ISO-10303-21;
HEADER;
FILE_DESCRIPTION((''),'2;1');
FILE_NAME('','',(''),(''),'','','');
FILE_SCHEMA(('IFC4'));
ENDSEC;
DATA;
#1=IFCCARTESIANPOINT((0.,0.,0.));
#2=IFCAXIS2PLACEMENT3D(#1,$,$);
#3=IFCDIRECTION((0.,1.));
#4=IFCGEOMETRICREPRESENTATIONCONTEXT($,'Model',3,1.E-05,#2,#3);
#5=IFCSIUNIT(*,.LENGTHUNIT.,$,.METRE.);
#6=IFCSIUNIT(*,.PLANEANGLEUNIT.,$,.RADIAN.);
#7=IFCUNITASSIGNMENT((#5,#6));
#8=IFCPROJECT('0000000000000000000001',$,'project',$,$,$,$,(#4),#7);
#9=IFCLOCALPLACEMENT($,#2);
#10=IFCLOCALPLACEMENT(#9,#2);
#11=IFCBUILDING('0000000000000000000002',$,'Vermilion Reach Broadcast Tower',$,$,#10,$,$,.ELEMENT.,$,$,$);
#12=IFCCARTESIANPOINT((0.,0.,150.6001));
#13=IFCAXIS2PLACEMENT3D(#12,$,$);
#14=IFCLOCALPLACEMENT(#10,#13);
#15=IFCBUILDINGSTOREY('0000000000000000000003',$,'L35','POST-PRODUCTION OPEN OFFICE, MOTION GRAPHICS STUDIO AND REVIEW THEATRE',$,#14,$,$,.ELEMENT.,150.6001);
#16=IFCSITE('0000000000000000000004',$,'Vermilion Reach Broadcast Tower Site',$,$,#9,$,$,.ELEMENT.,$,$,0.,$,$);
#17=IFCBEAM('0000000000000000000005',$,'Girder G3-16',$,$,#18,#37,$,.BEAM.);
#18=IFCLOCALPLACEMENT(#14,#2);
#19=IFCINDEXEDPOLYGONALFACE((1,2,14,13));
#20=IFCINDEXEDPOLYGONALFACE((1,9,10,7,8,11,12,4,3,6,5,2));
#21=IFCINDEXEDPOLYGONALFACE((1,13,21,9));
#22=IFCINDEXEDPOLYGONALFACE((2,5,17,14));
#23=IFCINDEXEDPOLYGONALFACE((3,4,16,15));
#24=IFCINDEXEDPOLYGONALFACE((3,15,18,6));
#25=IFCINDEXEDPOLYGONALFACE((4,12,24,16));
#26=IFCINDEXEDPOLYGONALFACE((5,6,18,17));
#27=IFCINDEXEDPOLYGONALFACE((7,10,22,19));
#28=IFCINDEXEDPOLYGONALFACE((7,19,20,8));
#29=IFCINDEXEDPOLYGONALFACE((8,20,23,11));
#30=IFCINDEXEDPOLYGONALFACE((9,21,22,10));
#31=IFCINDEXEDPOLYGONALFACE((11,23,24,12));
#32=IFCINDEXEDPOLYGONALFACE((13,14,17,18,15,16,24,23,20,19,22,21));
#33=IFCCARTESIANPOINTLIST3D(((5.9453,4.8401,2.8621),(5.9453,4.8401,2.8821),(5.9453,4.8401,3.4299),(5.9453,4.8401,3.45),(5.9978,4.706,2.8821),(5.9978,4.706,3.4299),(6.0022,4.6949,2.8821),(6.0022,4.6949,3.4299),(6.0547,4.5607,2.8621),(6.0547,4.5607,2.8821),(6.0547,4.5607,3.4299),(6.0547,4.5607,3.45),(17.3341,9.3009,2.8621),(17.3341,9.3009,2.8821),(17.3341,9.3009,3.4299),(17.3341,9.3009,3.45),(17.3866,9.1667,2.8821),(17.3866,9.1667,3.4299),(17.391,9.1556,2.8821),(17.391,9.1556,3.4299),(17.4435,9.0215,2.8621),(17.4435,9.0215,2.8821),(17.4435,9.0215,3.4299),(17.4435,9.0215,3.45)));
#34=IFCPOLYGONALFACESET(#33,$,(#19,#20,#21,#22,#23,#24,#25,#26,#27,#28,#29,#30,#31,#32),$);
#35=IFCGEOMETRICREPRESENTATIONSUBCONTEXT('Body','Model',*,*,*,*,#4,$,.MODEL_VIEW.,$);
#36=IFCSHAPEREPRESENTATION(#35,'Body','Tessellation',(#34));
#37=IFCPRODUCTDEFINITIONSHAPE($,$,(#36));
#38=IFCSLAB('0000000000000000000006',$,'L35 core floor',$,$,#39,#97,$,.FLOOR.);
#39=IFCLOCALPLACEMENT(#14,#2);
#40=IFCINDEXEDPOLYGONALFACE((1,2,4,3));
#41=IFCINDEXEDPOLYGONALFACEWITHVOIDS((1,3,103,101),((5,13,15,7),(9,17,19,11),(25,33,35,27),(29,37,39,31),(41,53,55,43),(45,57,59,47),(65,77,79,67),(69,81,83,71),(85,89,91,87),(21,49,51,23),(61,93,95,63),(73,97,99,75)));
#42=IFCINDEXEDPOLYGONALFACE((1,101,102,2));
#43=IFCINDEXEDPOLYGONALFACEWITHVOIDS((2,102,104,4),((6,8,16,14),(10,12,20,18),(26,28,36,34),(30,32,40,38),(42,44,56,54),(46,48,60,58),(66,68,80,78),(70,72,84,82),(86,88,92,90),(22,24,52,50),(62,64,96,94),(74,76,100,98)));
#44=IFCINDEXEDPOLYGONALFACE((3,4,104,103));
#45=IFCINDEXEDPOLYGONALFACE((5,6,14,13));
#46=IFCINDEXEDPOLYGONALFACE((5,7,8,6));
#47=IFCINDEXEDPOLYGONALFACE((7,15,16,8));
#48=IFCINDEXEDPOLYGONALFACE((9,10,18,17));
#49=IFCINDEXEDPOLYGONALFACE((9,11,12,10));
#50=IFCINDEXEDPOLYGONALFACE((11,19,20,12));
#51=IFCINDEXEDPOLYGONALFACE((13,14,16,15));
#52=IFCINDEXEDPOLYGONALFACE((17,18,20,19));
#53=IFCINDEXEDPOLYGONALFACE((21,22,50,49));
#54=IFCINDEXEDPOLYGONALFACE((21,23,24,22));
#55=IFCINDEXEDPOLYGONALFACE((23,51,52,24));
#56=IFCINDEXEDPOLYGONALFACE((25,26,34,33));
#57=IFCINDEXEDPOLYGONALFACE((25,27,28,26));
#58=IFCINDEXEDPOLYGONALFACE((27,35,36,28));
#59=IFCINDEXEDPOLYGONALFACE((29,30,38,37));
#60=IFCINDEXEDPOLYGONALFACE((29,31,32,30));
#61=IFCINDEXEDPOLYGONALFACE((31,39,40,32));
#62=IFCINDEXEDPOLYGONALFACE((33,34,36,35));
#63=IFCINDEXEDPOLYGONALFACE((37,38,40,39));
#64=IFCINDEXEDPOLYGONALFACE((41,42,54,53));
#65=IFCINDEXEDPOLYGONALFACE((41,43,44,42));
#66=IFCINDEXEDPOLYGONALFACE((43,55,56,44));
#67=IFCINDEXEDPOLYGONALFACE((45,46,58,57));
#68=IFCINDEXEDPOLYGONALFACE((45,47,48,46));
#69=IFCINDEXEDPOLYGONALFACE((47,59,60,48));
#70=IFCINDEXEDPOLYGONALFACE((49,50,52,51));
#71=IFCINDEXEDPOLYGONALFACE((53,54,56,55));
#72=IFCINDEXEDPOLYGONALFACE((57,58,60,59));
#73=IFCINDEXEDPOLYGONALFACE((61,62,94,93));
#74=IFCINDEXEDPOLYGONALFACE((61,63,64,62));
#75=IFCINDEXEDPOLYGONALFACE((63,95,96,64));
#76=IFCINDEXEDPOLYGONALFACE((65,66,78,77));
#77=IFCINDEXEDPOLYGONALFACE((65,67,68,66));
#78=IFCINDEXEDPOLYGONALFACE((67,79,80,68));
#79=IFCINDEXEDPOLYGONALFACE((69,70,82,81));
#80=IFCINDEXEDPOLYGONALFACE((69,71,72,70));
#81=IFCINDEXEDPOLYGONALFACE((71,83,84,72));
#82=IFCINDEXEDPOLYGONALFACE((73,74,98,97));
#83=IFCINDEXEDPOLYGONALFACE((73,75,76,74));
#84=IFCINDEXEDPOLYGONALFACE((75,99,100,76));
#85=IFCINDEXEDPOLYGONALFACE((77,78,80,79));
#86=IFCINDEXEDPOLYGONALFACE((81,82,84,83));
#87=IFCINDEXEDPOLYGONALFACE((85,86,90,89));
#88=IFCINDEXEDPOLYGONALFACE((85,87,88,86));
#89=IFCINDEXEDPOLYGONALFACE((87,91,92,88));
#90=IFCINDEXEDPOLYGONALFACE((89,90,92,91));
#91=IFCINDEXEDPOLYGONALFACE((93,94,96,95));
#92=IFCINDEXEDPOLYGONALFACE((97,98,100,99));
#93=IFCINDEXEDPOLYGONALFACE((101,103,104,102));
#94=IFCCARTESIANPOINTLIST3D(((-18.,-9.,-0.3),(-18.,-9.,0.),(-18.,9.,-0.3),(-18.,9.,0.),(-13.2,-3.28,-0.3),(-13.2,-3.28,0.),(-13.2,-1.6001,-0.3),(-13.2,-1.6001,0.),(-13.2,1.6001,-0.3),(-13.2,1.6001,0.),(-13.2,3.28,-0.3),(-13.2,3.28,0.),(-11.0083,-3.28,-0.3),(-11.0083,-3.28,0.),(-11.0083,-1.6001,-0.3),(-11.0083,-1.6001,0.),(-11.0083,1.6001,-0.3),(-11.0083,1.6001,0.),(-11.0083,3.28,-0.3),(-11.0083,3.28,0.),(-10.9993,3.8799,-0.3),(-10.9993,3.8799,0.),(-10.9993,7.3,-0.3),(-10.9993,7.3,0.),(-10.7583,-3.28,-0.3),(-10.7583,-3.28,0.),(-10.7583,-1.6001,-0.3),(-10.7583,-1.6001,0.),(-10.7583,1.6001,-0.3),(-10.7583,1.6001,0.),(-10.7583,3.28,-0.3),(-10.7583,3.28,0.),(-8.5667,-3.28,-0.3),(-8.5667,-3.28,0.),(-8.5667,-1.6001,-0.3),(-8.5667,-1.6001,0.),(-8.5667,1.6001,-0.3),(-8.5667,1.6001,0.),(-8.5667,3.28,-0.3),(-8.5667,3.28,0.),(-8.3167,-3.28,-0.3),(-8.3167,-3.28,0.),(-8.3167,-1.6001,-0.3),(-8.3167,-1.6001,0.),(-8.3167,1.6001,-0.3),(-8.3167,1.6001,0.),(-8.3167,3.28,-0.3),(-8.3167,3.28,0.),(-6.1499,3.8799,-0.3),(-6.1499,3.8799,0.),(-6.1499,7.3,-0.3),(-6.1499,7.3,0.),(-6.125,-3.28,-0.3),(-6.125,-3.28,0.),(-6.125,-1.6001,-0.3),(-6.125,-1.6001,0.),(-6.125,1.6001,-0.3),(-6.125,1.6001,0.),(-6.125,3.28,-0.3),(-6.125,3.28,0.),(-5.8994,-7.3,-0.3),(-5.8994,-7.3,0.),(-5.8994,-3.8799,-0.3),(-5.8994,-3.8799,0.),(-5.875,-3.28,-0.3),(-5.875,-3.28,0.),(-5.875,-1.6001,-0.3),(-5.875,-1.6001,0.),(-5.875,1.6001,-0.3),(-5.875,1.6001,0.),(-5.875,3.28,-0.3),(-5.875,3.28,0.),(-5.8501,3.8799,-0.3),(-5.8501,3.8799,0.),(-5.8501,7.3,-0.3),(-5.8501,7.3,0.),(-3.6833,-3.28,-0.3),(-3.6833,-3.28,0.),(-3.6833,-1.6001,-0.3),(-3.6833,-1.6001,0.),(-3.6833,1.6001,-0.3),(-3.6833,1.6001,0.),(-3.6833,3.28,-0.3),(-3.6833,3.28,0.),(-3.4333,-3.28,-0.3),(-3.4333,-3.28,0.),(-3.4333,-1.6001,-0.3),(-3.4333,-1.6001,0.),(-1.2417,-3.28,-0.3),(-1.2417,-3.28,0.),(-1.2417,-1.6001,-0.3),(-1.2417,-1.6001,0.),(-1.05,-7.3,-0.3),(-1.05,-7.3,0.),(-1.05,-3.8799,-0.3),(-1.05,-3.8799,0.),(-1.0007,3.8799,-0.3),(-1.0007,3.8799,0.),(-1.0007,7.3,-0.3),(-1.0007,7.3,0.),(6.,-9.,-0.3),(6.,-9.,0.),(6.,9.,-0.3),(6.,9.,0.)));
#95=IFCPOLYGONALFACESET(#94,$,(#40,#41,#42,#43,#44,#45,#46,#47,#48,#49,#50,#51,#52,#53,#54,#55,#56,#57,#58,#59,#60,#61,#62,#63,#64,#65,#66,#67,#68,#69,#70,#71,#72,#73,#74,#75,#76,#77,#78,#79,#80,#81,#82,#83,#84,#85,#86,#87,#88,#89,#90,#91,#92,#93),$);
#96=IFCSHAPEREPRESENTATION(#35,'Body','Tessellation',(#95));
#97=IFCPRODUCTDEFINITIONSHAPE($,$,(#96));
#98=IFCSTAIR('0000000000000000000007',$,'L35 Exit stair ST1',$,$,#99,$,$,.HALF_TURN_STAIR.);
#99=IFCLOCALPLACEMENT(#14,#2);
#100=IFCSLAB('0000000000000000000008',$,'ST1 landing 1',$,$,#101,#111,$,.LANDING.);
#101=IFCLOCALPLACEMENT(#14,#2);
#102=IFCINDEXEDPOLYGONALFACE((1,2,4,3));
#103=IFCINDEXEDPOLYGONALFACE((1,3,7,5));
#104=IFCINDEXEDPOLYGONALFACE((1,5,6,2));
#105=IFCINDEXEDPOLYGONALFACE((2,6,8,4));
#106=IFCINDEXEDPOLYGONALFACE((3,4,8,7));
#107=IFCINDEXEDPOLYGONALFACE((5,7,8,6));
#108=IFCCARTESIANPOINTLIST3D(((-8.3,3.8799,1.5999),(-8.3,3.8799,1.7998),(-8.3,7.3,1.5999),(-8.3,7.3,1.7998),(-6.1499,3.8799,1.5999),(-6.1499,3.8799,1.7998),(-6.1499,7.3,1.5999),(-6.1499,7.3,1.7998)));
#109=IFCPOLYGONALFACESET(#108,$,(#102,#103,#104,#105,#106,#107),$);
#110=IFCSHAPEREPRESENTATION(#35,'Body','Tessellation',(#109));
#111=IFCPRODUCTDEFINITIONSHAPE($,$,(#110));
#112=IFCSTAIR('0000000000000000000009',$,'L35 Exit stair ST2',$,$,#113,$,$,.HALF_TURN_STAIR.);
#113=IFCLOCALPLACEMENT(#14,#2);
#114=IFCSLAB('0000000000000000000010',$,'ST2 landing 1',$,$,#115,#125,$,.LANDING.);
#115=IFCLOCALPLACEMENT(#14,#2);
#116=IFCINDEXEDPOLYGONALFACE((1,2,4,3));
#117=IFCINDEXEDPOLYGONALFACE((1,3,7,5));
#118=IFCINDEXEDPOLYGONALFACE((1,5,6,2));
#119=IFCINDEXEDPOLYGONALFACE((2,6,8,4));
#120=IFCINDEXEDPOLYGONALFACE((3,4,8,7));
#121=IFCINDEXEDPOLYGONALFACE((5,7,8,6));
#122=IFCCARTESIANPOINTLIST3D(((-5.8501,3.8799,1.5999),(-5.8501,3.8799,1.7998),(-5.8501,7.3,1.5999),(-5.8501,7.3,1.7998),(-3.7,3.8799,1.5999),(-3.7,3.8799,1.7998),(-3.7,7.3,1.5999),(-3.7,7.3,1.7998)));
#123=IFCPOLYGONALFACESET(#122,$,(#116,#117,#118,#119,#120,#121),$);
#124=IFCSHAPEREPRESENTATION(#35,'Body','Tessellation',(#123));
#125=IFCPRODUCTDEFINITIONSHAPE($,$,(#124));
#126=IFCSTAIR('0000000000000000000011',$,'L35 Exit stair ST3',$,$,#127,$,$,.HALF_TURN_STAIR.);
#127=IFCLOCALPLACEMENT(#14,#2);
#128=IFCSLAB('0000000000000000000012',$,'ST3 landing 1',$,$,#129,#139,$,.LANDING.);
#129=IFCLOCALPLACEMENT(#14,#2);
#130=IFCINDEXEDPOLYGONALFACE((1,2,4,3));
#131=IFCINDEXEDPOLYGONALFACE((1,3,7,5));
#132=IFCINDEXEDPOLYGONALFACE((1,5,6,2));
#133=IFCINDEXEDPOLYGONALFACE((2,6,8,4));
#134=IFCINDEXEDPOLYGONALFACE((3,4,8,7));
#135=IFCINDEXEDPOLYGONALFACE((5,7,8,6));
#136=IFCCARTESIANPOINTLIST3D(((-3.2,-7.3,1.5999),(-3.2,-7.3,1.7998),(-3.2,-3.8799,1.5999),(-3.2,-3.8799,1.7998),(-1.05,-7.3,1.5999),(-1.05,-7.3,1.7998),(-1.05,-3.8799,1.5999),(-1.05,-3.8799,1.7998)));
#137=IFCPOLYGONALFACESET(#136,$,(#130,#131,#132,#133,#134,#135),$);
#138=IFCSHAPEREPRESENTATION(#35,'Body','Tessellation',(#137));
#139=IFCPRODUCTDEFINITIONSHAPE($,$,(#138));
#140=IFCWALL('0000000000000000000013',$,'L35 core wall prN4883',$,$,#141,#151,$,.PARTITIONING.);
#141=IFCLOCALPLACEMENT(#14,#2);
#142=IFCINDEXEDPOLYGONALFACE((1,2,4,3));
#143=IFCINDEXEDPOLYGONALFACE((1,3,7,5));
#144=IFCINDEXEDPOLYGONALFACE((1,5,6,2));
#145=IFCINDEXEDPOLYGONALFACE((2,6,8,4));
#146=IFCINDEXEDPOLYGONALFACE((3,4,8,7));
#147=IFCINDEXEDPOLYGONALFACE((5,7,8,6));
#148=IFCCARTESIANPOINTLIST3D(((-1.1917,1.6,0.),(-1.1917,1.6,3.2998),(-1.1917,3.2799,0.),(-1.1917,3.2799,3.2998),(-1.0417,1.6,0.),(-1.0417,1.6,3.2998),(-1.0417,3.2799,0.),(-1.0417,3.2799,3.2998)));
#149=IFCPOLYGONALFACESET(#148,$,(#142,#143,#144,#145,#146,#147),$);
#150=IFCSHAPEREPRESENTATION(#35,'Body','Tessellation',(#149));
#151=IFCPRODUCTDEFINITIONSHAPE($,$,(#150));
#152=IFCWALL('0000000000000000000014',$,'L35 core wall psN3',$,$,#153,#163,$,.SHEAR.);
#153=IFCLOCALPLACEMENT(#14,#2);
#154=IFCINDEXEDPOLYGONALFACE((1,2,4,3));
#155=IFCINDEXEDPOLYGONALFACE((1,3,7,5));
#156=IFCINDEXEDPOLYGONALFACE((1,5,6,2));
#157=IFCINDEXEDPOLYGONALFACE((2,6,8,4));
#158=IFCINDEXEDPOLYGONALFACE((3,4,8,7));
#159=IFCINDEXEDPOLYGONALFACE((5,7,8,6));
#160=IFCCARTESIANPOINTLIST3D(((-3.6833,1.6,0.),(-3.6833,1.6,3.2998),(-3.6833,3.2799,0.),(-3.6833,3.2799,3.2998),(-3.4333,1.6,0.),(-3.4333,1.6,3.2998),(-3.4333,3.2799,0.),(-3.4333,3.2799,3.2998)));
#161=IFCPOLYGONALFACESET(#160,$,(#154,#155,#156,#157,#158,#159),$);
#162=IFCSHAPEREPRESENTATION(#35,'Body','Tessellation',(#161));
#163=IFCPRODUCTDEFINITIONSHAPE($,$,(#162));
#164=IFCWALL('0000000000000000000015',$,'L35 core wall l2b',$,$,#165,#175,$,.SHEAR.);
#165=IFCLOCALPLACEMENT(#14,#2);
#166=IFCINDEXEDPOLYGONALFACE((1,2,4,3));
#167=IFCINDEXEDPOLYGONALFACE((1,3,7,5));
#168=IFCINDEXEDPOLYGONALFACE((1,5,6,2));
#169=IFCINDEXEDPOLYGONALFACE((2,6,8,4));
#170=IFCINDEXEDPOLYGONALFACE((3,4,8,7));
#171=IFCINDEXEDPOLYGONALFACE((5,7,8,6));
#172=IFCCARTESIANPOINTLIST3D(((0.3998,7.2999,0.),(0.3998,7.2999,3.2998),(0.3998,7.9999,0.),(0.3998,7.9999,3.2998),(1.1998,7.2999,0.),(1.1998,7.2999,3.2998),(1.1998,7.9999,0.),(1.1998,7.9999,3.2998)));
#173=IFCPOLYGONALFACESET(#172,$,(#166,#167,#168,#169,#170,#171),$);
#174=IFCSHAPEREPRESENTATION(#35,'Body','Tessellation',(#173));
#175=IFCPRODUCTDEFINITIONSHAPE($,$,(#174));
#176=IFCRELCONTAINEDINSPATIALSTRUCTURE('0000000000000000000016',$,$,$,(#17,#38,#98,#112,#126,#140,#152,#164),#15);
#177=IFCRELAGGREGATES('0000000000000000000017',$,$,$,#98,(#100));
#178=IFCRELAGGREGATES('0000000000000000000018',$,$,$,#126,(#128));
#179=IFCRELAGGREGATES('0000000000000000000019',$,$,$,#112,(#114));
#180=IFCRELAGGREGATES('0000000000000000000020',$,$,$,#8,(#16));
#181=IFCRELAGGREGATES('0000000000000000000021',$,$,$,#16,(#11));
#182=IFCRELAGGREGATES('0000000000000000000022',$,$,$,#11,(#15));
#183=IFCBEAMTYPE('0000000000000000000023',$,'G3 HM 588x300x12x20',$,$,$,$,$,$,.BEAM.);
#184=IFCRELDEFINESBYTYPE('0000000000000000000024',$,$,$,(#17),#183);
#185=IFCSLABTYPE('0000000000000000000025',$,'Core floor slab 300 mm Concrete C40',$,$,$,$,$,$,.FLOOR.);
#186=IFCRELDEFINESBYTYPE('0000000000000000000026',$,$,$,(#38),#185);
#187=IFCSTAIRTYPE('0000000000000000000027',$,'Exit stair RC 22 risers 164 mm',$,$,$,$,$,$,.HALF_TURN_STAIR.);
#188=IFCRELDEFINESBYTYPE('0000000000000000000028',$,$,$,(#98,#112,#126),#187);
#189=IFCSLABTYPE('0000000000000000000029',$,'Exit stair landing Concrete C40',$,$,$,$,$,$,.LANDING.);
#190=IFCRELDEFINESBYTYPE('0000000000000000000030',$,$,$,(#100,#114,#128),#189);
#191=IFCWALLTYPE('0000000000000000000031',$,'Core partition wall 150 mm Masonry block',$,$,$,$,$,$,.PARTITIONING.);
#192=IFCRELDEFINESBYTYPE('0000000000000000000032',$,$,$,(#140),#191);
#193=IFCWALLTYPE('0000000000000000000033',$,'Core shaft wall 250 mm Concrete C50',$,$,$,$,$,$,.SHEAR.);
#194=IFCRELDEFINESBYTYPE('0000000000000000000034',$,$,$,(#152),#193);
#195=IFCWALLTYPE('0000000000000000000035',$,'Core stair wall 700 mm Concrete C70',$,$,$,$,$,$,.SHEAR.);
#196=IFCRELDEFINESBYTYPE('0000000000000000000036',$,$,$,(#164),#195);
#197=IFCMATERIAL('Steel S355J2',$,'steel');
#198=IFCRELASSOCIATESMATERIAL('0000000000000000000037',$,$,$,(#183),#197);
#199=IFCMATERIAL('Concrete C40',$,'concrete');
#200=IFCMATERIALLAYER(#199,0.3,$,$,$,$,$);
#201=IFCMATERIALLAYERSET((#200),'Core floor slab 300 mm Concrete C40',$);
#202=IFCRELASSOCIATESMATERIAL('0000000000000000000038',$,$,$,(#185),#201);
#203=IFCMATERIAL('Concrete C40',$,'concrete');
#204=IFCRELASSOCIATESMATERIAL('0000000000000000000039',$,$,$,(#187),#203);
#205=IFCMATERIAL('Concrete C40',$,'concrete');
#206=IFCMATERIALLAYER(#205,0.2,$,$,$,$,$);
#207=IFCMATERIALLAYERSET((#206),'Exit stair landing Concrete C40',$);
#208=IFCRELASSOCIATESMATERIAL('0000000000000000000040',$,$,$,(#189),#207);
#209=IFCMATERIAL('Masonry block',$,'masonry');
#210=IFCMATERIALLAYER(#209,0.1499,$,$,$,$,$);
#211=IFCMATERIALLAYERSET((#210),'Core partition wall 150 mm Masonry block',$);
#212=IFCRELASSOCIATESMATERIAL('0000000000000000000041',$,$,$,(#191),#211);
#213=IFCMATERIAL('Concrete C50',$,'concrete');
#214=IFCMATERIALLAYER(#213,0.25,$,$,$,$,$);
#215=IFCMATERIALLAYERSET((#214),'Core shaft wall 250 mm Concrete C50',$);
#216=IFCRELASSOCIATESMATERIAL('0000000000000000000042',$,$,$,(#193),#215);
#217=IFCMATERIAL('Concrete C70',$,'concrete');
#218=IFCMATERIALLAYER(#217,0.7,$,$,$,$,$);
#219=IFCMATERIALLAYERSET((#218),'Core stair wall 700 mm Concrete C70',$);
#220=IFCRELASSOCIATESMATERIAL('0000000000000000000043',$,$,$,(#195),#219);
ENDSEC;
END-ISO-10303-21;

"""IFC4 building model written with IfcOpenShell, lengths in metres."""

from ifc_helpers import new_model, si_unit, direction, frame, frame_2d, origin, origin_2d, place, context, subcontext, project, spatial, polyline, rectangle, i_section, outline, extrude, material, layer, layer_set, material_profile, profile_set, type_object, element, aggregate, save


model = new_model("IFC4")

# Units and contexts
model_context = context("Model", 3, precision=1e-05, world=origin(), true_north=direction((0.0, 1.0)))
body_context = subcontext(model_context, "Body", "Model", "MODEL_VIEW")
ifc_project = project(units=[si_unit("LENGTHUNIT", "METRE"), si_unit("PLANEANGLEUNIT", "RADIAN")], contexts=[model_context])

# Site, building, storey
site_placement = place(None, origin())
site = spatial("IfcSite", under=ifc_project, at=site_placement, Name="Vermilion Reach Broadcast Tower Site", CompositionType="ELEMENT", RefElevation=0.0)
building_placement = place(site_placement, origin())
building = spatial("IfcBuilding", under=site, at=building_placement, Name="Vermilion Reach Broadcast Tower", CompositionType="ELEMENT")
storey_placement = place(building_placement, frame((0.0, 0.0, 150.6001)))
storey = spatial("IfcBuildingStorey", under=building, at=storey_placement, Name="L35", Description="POST-PRODUCTION OPEN OFFICE, MOTION GRAPHICS STUDIO AND REVIEW THEATRE", CompositionType="ELEMENT", Elevation=150.6001)

# Beam
ifc_material_1 = material(Name="Steel S355J2", Category="steel")
ifc_material_profile = material_profile(ifc_material_1, i_section(OverallWidth=0.3, OverallDepth=0.5879, WebThickness=0.012, FlangeThickness=0.02, at=origin_2d()), Name="S355J2 HM 588x300x12x20")
ifc_profile_set = profile_set([ifc_material_profile], Name="Steel S355J2")
beam_type = type_object("IfcBeamType", Name="G3 HM 588x300x12x20", PredefinedType="BEAM", material=ifc_profile_set)
beam_placement = place(storey_placement, frame((6.0, 4.7004, 3.156), z_axis=(0.931125, 0.364701, 0.0), x_axis=(-0.364701, 0.931125, 0.0)))
element("IfcBeam", 1, at=beam_placement, inside=storey, type_object=beam_type, Name="Girder G3-16", PredefinedType="BEAM", context=body_context, shape_type="SweptSolid", body=[
    extrude(i_section(OverallWidth=0.3, OverallDepth=0.5879, WebThickness=0.012, FlangeThickness=0.02, at=origin_2d()), origin(), (0.0, 0.0, 1.0), 12.2312),
])

# Slab
ifc_material_2 = material(Name="Concrete C40", Category="concrete")
ifc_layer_1 = layer(ifc_material_2, 0.3)
ifc_layer_set_1 = layer_set([ifc_layer_1], Name="Core floor slab 300 mm Concrete C40")
slab_type_1 = type_object("IfcSlabType", Name="Core floor slab 300 mm Concrete C40", PredefinedType="FLOOR", material=ifc_layer_set_1)
slab_1_placement = place(storey_placement, frame((0.0, 0.0, -0.3)))
element("IfcSlab", 2, at=slab_1_placement, inside=storey, type_object=slab_type_1, Name="L35 core floor", PredefinedType="FLOOR", context=body_context, shape_type="SweptSolid", body=[
    extrude(outline(polyline([(-18.0, -9.0), (6.0, -9.0), (6.0, 9.0), (-18.0, 9.0), (-18.0, -9.0)]), holes=[polyline([(-13.2, 1.6001), (-11.0083, 1.6001), (-11.0083, 3.28), (-13.2, 3.28), (-13.2, 1.6001)]), polyline([(-10.7583, 1.6001), (-8.5667, 1.6001), (-8.5667, 3.28), (-10.7583, 3.28), (-10.7583, 1.6001)]), polyline([(-8.3167, 1.6001), (-6.125, 1.6001), (-6.125, 3.28), (-8.3167, 3.28), (-8.3167, 1.6001)]), polyline([(-5.875, 1.6001), (-3.6833, 1.6001), (-3.6833, 3.28), (-5.875, 3.28), (-5.875, 1.6001)]), polyline([(-13.2, -3.28), (-11.0083, -3.28), (-11.0083, -1.6001), (-13.2, -1.6001), (-13.2, -3.28)]), polyline([(-10.7583, -3.28), (-8.5667, -3.28), (-8.5667, -1.6001), (-10.7583, -1.6001), (-10.7583, -3.28)]), polyline([(-8.3167, -3.28), (-6.125, -3.28), (-6.125, -1.6001), (-8.3167, -1.6001), (-8.3167, -3.28)]), polyline([(-5.875, -3.28), (-3.6833, -3.28), (-3.6833, -1.6001), (-5.875, -1.6001), (-5.875, -3.28)]), polyline([(-3.4333, -3.28), (-1.2417, -3.28), (-1.2417, -1.6001), (-3.4333, -1.6001), (-3.4333, -3.28)]), polyline([(-10.9993, 3.8799), (-6.1499, 3.8799), (-6.1499, 7.3), (-10.9993, 7.3), (-10.9993, 3.8799)]), polyline([(-1.0007, 7.3), (-5.8501, 7.3), (-5.8501, 3.8799), (-1.0007, 3.8799), (-1.0007, 7.3)]), polyline([(-5.8994, -7.3), (-1.05, -7.3), (-1.05, -3.8799), (-5.8994, -3.8799), (-5.8994, -7.3)])]), origin(), (0.0, 0.0, 1.0), 0.3),
])

# Stairs, slabs
ifc_material_3 = material(Name="Concrete C40", Category="concrete")
stair_type = type_object("IfcStairType", Name="Exit stair RC 22 risers 164 mm", PredefinedType="HALF_TURN_STAIR", material=ifc_material_3)
placement_1 = place(storey_placement, origin())
stair_1 = element("IfcStair", 3, at=placement_1, inside=storey, type_object=stair_type, Name="L35 Exit stair ST1", PredefinedType="HALF_TURN_STAIR")
ifc_material_4 = material(Name="Concrete C40", Category="concrete")
ifc_layer_2 = layer(ifc_material_4, 0.2)
ifc_layer_set_2 = layer_set([ifc_layer_2], Name="Exit stair landing Concrete C40")
slab_type_2 = type_object("IfcSlabType", Name="Exit stair landing Concrete C40", PredefinedType="LANDING", material=ifc_layer_set_2)
placement_2 = place(storey_placement, frame((0.0, 0.0, 1.5999)))
slab_2 = element("IfcSlab", 4, at=placement_2, type_object=slab_type_2, Name="ST1 landing 1", PredefinedType="LANDING", context=body_context, shape_type="SweptSolid", body=[
    extrude(outline(polyline([(-8.3, 3.8799), (-6.1499, 3.8799), (-6.1499, 7.3), (-8.3, 7.3), (-8.3, 3.8799)])), origin(), (0.0, 0.0, 1.0), 0.2),
])
aggregate(stair_1, [slab_2])
stair_2 = element("IfcStair", 5, at=placement_1, inside=storey, type_object=stair_type, Name="L35 Exit stair ST2", PredefinedType="HALF_TURN_STAIR")
slab_3 = element("IfcSlab", 6, at=placement_2, type_object=slab_type_2, Name="ST2 landing 1", PredefinedType="LANDING", context=body_context, shape_type="SweptSolid", body=[
    extrude(outline(polyline([(-3.7, 7.3), (-5.8501, 7.3), (-5.8501, 3.8799), (-3.7, 3.8799), (-3.7, 7.3)])), origin(), (0.0, 0.0, 1.0), 0.2),
])
stair_3 = element("IfcStair", 7, at=placement_1, inside=storey, type_object=stair_type, Name="L35 Exit stair ST3", PredefinedType="HALF_TURN_STAIR")
slab_4 = element("IfcSlab", 8, at=placement_2, type_object=slab_type_2, Name="ST3 landing 1", PredefinedType="LANDING", context=body_context, shape_type="SweptSolid", body=[
    extrude(outline(polyline([(-3.2, -7.3), (-1.05, -7.3), (-1.05, -3.8799), (-3.2, -3.8799), (-3.2, -7.3)])), origin(), (0.0, 0.0, 1.0), 0.2),
])
aggregate(stair_3, [slab_4])

# Walls
ifc_material_5 = material(Name="Masonry block", Category="masonry")
ifc_layer_3 = layer(ifc_material_5, 0.1499)
ifc_layer_set_3 = layer_set([ifc_layer_3], Name="Core partition wall 150 mm Masonry block")
wall_type_1 = type_object("IfcWallType", Name="Core partition wall 150 mm Masonry block", PredefinedType="PARTITIONING", material=ifc_layer_set_3)
wall_1_placement = place(storey_placement, frame((-1.1167, 1.6001, 0.0), z_axis=(0.0, 0.0, 1.0), x_axis=(0.0, 1.0, 0.0)))
element("IfcWall", 9, at=wall_1_placement, inside=storey, type_object=wall_type_1, Name="L35 core wall prN4883", PredefinedType="PARTITIONING", context=body_context, shape_type="SweptSolid", body=[
    extrude(rectangle(XDim=1.6799, YDim=0.1499, at=frame_2d((0.8398, 0.0))), origin(), (0.0, 0.0, 1.0), 3.2998),
])
ifc_material_6 = material(Name="Concrete C50", Category="concrete")
ifc_layer_4 = layer(ifc_material_6, 0.25)
ifc_layer_set_4 = layer_set([ifc_layer_4], Name="Core shaft wall 250 mm Concrete C50")
wall_type_2 = type_object("IfcWallType", Name="Core shaft wall 250 mm Concrete C50", PredefinedType="SHEAR", material=ifc_layer_set_4)
wall_2_placement = place(storey_placement, frame((-3.5583, 1.6001, 0.0), z_axis=(0.0, 0.0, 1.0), x_axis=(0.0, 1.0, 0.0)))
element("IfcWall", 10, at=wall_2_placement, inside=storey, type_object=wall_type_2, Name="L35 core wall psN3", PredefinedType="SHEAR", context=body_context, shape_type="SweptSolid", body=[
    extrude(rectangle(XDim=1.6799, YDim=0.25, at=frame_2d((0.8398, 0.0))), origin(), (0.0, 0.0, 1.0), 3.2998),
])
ifc_material_7 = material(Name="Concrete C70", Category="concrete")
ifc_layer_5 = layer(ifc_material_7, 0.7)
ifc_layer_set_5 = layer_set([ifc_layer_5], Name="Core stair wall 700 mm Concrete C70")
wall_type_3 = type_object("IfcWallType", Name="Core stair wall 700 mm Concrete C70", PredefinedType="SHEAR", material=ifc_layer_set_5)
wall_3_placement = place(storey_placement, frame((0.3999, 7.6499, 0.0), z_axis=(0.0, 0.0, 1.0), x_axis=(1.0, 0.0, 0.0)))
element("IfcWall", 11, at=wall_3_placement, inside=storey, type_object=wall_type_3, Name="L35 core wall l2b", PredefinedType="SHEAR", context=body_context, shape_type="SweptSolid", body=[
    extrude(rectangle(XDim=0.8, YDim=0.7, at=frame_2d((0.3999, 0.0))), origin(), (0.0, 0.0, 1.0), 3.2998),
])

aggregate(stair_2, [slab_3])

save(model, "model.ifc")
